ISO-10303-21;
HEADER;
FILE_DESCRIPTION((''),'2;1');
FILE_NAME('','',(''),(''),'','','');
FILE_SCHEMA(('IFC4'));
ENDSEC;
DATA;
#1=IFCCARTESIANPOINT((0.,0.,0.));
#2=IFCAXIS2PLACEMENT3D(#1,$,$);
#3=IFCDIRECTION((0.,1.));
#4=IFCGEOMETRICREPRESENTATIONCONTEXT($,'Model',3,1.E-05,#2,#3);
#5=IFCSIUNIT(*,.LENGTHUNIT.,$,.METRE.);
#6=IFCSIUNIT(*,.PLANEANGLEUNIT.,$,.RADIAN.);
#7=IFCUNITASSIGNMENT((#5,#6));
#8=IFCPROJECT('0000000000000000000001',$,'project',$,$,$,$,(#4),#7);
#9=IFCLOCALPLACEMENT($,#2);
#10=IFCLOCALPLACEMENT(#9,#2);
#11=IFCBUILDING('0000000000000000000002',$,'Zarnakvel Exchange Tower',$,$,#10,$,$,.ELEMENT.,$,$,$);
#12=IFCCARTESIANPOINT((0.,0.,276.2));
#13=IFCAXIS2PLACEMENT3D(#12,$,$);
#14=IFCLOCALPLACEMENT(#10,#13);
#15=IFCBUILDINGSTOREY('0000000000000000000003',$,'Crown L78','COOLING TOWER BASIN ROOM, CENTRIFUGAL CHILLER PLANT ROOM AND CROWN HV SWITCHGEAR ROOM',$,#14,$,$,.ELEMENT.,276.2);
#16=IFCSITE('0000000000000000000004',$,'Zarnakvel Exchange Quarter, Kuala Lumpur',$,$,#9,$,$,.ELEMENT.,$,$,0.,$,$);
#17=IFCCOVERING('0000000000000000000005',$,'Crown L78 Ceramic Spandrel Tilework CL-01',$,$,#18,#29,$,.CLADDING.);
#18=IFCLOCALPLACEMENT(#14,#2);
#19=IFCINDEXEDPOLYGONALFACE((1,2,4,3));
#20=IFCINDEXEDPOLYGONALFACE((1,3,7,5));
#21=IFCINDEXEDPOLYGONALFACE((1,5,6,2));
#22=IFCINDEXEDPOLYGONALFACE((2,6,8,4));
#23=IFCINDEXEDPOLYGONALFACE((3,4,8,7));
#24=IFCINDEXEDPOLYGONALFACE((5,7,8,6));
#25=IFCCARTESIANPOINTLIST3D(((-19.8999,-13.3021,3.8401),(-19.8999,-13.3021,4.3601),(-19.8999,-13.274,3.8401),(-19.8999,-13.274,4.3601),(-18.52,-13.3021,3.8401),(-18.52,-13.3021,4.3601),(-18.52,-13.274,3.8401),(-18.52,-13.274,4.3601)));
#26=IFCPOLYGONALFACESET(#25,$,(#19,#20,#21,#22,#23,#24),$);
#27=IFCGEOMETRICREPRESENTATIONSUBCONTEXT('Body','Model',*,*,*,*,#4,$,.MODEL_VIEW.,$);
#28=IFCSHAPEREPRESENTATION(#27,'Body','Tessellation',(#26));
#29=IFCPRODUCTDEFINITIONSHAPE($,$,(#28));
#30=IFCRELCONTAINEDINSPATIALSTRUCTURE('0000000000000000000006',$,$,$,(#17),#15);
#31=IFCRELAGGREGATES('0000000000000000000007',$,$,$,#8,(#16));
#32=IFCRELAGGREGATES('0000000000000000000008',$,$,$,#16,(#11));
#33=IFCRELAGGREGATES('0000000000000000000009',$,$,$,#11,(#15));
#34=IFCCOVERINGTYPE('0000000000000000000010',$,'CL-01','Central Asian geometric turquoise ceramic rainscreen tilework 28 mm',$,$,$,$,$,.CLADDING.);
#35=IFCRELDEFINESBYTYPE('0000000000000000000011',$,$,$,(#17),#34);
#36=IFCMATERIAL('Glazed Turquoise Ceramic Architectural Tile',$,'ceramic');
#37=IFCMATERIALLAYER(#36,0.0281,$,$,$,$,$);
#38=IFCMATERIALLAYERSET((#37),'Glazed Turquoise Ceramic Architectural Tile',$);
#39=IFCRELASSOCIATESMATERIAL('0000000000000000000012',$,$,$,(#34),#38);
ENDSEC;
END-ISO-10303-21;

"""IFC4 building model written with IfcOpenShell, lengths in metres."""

from ifc_helpers import new_model, si_unit, direction, frame, origin, origin_2d, place, context, subcontext, project, spatial, rectangle, extrude, source, transform, mapped, material, layer, layer_set, type_object, element, save


model = new_model("IFC4")

# Units and contexts
model_context = context("Model", 3, precision=1e-05, world=origin(), true_north=direction((0.0, 1.0)))
body_context = subcontext(model_context, "Body", "Model", "MODEL_VIEW")
ifc_project = project(units=[si_unit("LENGTHUNIT", "METRE"), si_unit("PLANEANGLEUNIT", "RADIAN")], contexts=[model_context])

# Site, building, storey
site_placement = place(None, origin())
site = spatial("IfcSite", under=ifc_project, at=site_placement, Name="Zarnakvel Exchange Quarter, Kuala Lumpur", CompositionType="ELEMENT", RefElevation=0.0)
building_placement = place(site_placement, origin())
building = spatial("IfcBuilding", under=site, at=building_placement, Name="Zarnakvel Exchange Tower", CompositionType="ELEMENT")
storey_placement = place(building_placement, frame((0.0, 0.0, 276.2)))
storey = spatial("IfcBuildingStorey", under=building, at=storey_placement, Name="Crown L78", Description="COOLING TOWER BASIN ROOM, CENTRIFUGAL CHILLER PLANT ROOM AND CROWN HV SWITCHGEAR ROOM", CompositionType="ELEMENT", Elevation=276.2)

# Covering
ifc_material_1 = material(Name="Glazed Turquoise Ceramic Architectural Tile", Category="ceramic")
ifc_layer_1 = layer(ifc_material_1, 0.0281)
ifc_layer_set_1 = layer_set([ifc_layer_1], Name="Glazed Turquoise Ceramic Architectural Tile")
covering_type = type_object("IfcCoveringType", Name="CL-01", Description="Central Asian geometric turquoise ceramic rainscreen tilework 28 mm", PredefinedType="CLADDING", material=ifc_layer_set_1)
shared_shape_1 = source(origin(), body_context, "Body", "SweptSolid", [
    extrude(rectangle(XDim=1.3799, YDim=0.0281, at=origin_2d()), origin(), (0.0, 0.0, 1.0), 0.52),
])
for number, where, z_axis, x_axis, name in (
    (1, (-19.21, -13.2881, 3.8401), (0.0, 0.0, 1.0), (1.0, 0.0, 0.0), "Crown L78 Ceramic Spandrel Tilework CL-01"),
):
    element("IfcCovering", number, at=place(storey_placement, frame(where, z_axis=z_axis, x_axis=x_axis)), inside=storey, type_object=covering_type, Name=name, PredefinedType="CLADDING", context=body_context, shape_type="MappedRepresentation", body=[
        mapped(shared_shape_1, transform((0.0, 0.0, 0.0), x_axis=(1.0, 0.0, 0.0), y_axis=(0.0, 1.0, 0.0), z_axis=(0.0, 0.0, 1.0), scale=1.0)),
    ])

save(model, "model.ifc")
